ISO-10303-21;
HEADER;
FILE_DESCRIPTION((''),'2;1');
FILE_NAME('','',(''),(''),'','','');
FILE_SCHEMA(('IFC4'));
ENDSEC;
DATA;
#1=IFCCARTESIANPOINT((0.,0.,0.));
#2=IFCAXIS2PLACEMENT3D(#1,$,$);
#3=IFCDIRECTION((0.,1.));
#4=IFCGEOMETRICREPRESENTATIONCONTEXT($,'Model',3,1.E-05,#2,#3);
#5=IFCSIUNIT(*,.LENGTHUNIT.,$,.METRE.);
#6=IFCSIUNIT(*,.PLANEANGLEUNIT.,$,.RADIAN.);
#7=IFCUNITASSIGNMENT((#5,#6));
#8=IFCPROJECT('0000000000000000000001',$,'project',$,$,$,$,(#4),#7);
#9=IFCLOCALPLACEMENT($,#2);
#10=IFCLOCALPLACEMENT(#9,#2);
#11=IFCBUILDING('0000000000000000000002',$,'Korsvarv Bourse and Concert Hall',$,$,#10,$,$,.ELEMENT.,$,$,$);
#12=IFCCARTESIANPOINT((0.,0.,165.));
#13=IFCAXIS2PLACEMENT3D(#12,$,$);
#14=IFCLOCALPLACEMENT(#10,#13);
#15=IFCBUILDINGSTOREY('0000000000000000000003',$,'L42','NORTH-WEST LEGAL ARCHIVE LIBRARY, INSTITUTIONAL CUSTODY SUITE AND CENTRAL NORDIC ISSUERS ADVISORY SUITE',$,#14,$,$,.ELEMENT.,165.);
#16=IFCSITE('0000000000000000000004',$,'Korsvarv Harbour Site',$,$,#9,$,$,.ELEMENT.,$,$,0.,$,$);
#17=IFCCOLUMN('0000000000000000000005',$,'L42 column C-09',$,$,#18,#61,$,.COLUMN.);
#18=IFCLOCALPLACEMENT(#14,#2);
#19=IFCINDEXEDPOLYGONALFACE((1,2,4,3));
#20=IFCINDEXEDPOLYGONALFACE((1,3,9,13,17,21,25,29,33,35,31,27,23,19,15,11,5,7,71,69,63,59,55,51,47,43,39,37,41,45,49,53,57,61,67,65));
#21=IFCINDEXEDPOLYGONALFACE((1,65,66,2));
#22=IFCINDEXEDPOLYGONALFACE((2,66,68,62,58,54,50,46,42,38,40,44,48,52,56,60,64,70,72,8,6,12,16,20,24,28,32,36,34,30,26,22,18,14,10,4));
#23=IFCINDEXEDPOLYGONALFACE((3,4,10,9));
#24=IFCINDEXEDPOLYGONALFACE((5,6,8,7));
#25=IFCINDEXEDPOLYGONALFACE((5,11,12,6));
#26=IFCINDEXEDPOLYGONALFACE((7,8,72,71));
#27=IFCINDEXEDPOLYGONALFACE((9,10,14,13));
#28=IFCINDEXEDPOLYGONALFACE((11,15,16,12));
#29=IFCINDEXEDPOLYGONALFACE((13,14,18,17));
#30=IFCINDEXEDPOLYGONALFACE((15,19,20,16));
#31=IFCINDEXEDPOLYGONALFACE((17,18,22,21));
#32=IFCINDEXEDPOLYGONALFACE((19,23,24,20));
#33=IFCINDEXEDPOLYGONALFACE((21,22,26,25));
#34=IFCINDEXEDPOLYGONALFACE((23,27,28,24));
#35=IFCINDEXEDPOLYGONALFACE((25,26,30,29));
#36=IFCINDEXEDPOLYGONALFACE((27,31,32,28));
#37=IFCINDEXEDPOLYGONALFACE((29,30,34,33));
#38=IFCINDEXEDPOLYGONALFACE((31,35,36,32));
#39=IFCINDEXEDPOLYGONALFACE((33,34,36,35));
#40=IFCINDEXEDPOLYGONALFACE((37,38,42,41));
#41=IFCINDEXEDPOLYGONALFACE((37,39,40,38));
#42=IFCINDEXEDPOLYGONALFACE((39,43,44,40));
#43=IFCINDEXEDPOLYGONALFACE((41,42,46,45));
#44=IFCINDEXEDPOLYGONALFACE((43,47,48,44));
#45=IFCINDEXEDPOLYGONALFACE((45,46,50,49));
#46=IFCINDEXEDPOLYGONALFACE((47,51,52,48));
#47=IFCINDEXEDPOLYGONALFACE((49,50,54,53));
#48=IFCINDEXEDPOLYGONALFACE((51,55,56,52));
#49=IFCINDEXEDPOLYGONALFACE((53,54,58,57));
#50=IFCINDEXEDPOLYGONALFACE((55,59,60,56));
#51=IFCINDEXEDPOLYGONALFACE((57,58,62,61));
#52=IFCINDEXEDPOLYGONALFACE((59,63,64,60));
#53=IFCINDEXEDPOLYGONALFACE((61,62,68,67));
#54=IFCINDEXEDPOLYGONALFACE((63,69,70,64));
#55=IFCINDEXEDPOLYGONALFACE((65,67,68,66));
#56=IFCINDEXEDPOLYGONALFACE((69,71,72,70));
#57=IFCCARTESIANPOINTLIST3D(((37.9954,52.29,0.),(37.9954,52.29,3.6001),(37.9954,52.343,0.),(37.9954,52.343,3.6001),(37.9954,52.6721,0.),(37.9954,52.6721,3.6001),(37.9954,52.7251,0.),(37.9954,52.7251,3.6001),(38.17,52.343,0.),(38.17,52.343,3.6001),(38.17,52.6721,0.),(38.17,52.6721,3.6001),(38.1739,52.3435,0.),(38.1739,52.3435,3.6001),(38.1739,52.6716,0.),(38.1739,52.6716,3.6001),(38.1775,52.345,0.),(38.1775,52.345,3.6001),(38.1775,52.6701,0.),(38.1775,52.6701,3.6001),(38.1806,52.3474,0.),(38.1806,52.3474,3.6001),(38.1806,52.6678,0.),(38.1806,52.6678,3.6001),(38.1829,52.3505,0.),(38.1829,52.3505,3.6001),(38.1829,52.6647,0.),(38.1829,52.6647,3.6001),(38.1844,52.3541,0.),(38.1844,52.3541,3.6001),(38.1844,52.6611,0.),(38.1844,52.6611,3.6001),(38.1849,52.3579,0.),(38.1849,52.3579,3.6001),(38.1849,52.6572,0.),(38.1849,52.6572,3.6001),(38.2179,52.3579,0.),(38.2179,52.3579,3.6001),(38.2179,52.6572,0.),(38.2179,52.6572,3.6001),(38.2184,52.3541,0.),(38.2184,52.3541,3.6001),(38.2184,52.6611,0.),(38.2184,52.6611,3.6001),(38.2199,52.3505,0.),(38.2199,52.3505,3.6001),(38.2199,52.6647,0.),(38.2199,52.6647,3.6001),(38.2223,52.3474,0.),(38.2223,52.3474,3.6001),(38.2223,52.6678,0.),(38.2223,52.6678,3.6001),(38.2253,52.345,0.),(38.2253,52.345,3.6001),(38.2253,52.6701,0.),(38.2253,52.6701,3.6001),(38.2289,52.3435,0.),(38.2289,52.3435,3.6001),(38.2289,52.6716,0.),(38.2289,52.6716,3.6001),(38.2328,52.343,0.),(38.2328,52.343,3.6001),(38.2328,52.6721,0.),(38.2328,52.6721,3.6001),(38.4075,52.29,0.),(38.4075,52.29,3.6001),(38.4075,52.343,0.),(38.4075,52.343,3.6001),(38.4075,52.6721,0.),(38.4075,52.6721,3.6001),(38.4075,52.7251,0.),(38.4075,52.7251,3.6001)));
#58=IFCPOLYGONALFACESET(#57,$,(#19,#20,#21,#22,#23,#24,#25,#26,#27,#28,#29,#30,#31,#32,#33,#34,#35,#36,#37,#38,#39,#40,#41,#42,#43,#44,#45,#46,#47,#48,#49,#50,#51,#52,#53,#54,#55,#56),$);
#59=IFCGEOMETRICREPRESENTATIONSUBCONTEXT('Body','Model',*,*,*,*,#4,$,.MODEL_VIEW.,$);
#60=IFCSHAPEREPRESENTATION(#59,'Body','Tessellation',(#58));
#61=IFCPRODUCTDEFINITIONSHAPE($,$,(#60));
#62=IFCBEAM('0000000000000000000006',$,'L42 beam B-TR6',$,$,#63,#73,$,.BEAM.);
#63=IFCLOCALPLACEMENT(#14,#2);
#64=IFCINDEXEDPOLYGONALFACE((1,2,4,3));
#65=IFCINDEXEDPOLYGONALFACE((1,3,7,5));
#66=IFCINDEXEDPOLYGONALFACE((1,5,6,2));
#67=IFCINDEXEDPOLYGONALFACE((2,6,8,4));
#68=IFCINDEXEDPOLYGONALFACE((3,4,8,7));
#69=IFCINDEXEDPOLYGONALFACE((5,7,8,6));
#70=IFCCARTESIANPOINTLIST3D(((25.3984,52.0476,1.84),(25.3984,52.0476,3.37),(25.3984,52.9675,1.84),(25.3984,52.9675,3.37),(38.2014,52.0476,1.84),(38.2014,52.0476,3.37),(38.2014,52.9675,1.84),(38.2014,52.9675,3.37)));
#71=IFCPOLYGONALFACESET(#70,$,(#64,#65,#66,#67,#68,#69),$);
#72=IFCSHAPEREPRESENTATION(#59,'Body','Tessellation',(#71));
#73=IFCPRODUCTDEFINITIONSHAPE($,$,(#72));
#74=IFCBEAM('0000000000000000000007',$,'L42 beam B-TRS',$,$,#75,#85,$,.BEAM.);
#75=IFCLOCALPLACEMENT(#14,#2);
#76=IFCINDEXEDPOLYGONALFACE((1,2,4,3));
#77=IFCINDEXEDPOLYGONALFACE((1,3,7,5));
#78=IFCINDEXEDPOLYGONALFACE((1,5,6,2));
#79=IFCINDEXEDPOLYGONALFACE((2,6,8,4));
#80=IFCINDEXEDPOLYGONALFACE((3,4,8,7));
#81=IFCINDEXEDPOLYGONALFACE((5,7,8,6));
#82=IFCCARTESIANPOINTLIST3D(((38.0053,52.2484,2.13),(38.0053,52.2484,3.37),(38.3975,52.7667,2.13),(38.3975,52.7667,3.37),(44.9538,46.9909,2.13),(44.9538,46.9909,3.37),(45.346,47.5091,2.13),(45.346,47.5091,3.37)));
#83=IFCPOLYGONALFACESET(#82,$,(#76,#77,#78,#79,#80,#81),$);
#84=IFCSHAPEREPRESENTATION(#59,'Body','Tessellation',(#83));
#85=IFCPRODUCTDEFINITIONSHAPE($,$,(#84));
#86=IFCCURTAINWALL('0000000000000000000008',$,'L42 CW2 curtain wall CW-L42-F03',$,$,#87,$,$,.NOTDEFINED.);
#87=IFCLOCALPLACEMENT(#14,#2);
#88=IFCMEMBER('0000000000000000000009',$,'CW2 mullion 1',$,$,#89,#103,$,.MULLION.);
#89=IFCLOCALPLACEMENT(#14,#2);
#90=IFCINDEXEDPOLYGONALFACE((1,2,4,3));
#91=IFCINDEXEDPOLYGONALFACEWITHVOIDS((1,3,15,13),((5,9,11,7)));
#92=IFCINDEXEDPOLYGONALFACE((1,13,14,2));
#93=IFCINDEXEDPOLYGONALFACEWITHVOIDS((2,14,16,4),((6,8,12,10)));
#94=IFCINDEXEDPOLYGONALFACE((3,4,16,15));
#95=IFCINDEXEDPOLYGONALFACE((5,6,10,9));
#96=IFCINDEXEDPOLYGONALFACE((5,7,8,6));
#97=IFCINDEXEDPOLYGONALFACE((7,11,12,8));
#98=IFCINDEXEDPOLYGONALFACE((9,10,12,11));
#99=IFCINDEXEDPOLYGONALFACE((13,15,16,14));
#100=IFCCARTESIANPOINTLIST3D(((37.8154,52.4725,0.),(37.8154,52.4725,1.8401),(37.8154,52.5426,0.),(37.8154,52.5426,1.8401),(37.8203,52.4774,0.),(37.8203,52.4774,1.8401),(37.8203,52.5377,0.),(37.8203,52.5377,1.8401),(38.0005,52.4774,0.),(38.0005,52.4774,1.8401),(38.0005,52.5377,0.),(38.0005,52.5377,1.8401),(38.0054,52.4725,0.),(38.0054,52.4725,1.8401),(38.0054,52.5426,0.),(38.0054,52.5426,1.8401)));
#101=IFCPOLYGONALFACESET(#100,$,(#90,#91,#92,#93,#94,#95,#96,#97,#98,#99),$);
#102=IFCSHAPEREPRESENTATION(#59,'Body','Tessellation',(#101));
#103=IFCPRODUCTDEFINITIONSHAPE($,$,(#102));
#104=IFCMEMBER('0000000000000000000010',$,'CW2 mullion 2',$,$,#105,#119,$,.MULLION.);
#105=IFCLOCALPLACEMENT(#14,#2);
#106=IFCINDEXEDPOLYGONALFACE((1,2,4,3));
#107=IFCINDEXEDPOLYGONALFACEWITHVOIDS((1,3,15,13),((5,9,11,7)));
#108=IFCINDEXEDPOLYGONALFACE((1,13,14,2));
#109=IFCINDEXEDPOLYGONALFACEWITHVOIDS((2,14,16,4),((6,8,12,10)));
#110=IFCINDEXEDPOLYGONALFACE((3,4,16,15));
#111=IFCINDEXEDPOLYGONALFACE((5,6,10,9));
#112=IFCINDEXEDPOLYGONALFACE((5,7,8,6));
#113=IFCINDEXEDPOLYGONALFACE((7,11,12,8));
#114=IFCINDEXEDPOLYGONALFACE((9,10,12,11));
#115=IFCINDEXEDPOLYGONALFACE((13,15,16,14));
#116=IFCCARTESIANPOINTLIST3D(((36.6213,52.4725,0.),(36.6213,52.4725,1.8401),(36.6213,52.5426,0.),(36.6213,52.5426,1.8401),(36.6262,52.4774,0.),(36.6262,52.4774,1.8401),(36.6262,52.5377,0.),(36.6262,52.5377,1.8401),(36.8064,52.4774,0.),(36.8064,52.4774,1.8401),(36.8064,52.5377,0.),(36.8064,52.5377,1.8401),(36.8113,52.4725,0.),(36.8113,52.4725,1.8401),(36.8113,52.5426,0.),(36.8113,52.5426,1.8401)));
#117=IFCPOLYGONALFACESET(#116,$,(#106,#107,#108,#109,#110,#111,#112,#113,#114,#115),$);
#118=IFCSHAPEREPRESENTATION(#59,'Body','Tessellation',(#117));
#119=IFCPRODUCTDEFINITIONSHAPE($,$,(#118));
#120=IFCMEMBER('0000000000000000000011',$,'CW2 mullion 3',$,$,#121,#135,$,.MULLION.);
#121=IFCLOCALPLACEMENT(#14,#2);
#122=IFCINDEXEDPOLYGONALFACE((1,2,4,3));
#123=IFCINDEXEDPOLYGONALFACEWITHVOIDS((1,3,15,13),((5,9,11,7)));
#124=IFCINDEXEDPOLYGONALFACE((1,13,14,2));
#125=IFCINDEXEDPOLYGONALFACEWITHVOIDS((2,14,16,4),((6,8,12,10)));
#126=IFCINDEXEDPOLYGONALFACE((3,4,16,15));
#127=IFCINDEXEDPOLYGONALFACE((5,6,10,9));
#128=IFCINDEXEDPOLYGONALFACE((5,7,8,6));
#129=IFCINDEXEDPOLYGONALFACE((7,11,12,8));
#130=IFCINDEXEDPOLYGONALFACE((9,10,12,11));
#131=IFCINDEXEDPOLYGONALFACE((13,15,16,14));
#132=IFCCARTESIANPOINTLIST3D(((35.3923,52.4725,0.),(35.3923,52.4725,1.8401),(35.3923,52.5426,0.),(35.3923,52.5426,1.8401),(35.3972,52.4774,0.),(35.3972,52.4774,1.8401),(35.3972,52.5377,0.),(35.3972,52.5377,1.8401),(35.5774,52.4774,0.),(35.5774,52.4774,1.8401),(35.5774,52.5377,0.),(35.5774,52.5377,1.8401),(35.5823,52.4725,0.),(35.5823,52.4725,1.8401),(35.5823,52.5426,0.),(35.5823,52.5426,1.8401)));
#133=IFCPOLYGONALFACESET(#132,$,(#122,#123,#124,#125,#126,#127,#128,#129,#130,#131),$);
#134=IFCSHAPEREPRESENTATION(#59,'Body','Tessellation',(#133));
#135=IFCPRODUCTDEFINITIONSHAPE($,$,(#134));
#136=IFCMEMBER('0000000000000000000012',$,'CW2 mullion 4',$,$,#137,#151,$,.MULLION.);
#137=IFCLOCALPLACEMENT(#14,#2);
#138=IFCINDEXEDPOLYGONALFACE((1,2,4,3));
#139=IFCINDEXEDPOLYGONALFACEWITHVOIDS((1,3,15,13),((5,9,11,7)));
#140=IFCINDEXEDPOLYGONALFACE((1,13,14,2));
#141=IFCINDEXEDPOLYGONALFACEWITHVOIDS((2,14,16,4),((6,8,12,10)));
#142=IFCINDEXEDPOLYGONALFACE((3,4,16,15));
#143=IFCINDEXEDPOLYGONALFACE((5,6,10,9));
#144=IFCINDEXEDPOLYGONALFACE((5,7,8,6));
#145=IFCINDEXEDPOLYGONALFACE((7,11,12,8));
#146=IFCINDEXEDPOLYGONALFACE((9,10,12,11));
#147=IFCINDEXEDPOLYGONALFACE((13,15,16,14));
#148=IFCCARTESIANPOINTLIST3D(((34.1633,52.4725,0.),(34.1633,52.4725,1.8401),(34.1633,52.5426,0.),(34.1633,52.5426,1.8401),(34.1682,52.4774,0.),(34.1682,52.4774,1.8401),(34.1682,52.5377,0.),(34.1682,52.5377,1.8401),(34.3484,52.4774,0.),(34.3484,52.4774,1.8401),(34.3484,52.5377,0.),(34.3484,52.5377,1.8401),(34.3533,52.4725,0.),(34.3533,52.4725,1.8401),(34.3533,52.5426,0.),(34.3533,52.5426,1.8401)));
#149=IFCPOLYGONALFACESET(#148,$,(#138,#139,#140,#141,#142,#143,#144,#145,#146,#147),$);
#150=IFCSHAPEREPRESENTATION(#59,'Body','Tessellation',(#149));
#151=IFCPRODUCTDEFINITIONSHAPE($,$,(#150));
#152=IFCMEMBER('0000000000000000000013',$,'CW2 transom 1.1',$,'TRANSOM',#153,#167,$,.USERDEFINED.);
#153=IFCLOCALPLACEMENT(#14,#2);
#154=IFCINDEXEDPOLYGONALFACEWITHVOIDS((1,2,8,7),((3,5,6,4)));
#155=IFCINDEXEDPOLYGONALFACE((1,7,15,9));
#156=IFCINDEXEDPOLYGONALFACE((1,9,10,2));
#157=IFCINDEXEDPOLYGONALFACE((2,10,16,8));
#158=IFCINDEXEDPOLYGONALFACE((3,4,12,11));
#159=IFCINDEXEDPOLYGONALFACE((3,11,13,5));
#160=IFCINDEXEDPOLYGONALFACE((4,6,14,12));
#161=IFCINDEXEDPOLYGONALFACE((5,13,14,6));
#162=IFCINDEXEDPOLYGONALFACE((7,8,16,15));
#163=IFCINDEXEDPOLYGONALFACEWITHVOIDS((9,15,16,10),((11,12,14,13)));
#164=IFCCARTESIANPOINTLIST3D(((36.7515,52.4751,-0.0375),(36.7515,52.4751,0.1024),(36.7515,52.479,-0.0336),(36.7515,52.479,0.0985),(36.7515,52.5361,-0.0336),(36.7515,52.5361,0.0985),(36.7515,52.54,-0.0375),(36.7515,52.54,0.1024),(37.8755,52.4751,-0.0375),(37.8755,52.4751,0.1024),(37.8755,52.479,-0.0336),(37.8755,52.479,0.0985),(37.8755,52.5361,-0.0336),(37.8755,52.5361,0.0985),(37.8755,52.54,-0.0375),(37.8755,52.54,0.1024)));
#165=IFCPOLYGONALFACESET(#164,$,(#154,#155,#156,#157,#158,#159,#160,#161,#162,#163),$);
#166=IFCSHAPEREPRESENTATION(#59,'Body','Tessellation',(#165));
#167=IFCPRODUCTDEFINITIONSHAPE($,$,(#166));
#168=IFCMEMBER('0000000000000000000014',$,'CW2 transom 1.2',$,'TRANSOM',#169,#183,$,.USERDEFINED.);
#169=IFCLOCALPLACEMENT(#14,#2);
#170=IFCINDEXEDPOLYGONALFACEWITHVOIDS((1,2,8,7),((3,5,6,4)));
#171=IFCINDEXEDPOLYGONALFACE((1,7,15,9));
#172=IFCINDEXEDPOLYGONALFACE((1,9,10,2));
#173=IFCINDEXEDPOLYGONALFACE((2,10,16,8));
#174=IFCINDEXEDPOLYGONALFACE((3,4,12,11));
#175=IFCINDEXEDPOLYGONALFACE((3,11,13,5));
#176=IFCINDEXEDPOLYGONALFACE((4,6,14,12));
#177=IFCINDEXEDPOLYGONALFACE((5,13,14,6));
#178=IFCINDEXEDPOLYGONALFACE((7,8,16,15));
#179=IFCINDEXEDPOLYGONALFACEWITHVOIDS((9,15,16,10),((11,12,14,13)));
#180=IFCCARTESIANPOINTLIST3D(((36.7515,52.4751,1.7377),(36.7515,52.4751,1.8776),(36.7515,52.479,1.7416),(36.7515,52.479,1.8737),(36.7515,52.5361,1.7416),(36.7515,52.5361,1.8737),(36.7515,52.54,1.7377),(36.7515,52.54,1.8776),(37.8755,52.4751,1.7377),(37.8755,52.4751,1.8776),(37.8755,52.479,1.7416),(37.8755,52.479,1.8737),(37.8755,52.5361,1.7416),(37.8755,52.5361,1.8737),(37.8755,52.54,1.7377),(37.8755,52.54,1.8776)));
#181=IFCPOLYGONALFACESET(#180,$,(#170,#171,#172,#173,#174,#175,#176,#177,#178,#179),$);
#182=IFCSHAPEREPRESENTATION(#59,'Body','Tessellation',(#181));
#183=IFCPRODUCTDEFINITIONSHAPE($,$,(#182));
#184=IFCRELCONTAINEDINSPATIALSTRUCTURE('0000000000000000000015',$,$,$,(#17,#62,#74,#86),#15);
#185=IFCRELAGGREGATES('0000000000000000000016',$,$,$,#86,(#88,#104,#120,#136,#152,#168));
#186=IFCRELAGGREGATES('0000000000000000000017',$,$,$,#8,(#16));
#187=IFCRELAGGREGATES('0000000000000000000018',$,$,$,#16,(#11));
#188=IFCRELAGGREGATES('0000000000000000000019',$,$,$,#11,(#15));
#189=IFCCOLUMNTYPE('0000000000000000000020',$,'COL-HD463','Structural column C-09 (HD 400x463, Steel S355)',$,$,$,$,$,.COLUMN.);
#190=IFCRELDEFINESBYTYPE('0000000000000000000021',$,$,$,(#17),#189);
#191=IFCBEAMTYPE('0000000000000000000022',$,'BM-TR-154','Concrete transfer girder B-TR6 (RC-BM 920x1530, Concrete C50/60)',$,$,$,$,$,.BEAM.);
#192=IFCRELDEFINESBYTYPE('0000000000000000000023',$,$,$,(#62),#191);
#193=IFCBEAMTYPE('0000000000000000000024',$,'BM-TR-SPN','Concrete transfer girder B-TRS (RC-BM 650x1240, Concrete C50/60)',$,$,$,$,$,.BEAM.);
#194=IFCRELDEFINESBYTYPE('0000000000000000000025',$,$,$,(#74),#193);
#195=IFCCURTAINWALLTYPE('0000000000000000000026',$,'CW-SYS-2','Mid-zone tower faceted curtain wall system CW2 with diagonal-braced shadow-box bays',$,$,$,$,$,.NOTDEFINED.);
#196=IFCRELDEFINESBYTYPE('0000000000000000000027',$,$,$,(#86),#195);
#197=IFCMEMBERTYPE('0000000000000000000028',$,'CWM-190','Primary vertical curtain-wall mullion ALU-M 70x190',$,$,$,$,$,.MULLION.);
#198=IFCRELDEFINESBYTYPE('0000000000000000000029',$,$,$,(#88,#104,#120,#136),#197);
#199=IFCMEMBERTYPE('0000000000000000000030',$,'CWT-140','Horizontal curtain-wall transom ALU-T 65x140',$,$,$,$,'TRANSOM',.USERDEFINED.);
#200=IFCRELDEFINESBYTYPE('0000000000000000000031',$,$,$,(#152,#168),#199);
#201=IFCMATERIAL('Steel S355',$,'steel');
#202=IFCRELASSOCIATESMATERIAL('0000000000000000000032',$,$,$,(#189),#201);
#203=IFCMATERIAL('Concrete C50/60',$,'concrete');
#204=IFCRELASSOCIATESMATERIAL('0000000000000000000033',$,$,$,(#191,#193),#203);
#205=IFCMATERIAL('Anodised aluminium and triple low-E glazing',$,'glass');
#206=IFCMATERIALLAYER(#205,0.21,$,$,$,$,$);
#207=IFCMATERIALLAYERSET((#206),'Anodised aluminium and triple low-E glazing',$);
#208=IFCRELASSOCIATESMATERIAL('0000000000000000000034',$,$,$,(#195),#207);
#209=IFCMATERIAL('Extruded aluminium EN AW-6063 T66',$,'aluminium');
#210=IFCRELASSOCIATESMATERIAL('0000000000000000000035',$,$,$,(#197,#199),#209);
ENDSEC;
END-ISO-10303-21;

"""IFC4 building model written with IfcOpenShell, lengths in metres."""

from ifc_helpers import new_model, si_unit, direction, frame, origin, origin_2d, place, context, subcontext, project, spatial, rectangle, hollow_rectangle, i_section, extrude, source, transform, mapped, material, layer, layer_set, material_profile, profile_set, type_object, element, aggregate, save


model = new_model("IFC4")

# Units and contexts
model_context = context("Model", 3, precision=1e-05, world=origin(), true_north=direction((0.0, 1.0)))
body_context = subcontext(model_context, "Body", "Model", "MODEL_VIEW")
ifc_project = project(units=[si_unit("LENGTHUNIT", "METRE"), si_unit("PLANEANGLEUNIT", "RADIAN")], contexts=[model_context])

# Site, building, storey
site_placement = place(None, origin())
site = spatial("IfcSite", under=ifc_project, at=site_placement, Name="Korsvarv Harbour Site", CompositionType="ELEMENT", RefElevation=0.0)
building_placement = place(site_placement, origin())
building = spatial("IfcBuilding", under=site, at=building_placement, Name="Korsvarv Bourse and Concert Hall", CompositionType="ELEMENT")
storey_placement = place(building_placement, frame((0.0, 0.0, 165.0)))
storey = spatial("IfcBuildingStorey", under=building, at=storey_placement, Name="L42", Description="NORTH-WEST LEGAL ARCHIVE LIBRARY, INSTITUTIONAL CUSTODY SUITE AND CENTRAL NORDIC ISSUERS ADVISORY SUITE", CompositionType="ELEMENT", Elevation=165.0)

# Column
ifc_material_1 = material(Name="Steel S355", Category="steel")
ifc_material_profile_1 = material_profile(ifc_material_1, i_section(OverallWidth=0.4121, OverallDepth=0.4351, WebThickness=0.033, FlangeThickness=0.053, FilletRadius=0.0149, at=origin_2d()), Name="HD 400x463")
ifc_profile_set_1 = profile_set([ifc_material_profile_1], Name="Steel S355")
column_type = type_object("IfcColumnType", Name="COL-HD463", Description="Structural column C-09 (HD 400x463, Steel S355)", PredefinedType="COLUMN", material=ifc_profile_set_1)
shared_shape_1 = source(origin(), body_context, "Body", "SweptSolid", [
    extrude(i_section(OverallWidth=0.4121, OverallDepth=0.4351, WebThickness=0.033, FlangeThickness=0.053, FilletRadius=0.0149, at=origin_2d()), origin(), (0.0, 0.0, 1.0), 3.6001),
])
column_placement = place(storey_placement, frame((38.2014, 52.5076, 0.0), z_axis=(0.0, 0.0, 1.0), x_axis=(1.0, 0.0, 0.0)))
element("IfcColumn", 1, at=column_placement, inside=storey, type_object=column_type, Name="L42 column C-09", PredefinedType="COLUMN", context=body_context, shape_type="MappedRepresentation", body=[
    mapped(shared_shape_1, transform((0.0, 0.0, 0.0), scale=1.0)),
])

# Beams
ifc_material_2 = material(Name="Concrete C50/60", Category="concrete")
ifc_material_profile_2 = material_profile(ifc_material_2, rectangle(XDim=0.9199, YDim=1.53, at=origin_2d()), Name="RC-BM 920x1530")
ifc_profile_set_2 = profile_set([ifc_material_profile_2], Name="Concrete C50/60")
beam_type_1 = type_object("IfcBeamType", Name="BM-TR-154", Description="Concrete transfer girder B-TR6 (RC-BM 920x1530, Concrete C50/60)", PredefinedType="BEAM", material=ifc_profile_set_2)
shared_shape_2 = source(origin(), body_context, "Body", "SweptSolid", [
    extrude(rectangle(XDim=0.9199, YDim=1.53, at=origin_2d()), origin(), (0.0, 0.0, 1.0), 12.803),
])
beam_1_placement = place(storey_placement, frame((38.2014, 52.5076, 2.605), z_axis=(-1.0, 0.0, 0.0), x_axis=(0.0, -1.0, 0.0)))
element("IfcBeam", 2, at=beam_1_placement, inside=storey, type_object=beam_type_1, Name="L42 beam B-TR6", PredefinedType="BEAM", context=body_context, shape_type="MappedRepresentation", body=[
    mapped(shared_shape_2, transform((0.0, 0.0, 0.0), scale=1.0)),
])
ifc_material_profile_3 = material_profile(ifc_material_2, rectangle(XDim=0.6499, YDim=1.24, at=origin_2d()), Name="RC-BM 650x1240")
ifc_profile_set_3 = profile_set([ifc_material_profile_3], Name="Concrete C50/60")
beam_type_2 = type_object("IfcBeamType", Name="BM-TR-SPN", Description="Concrete transfer girder B-TRS (RC-BM 650x1240, Concrete C50/60)", PredefinedType="BEAM", material=ifc_profile_set_3)
shared_shape_3 = source(origin(), body_context, "Body", "SweptSolid", [
    extrude(rectangle(XDim=0.6499, YDim=1.24, at=origin_2d()), origin(), (0.0, 0.0, 1.0), 8.7134),
])
beam_2_placement = place(storey_placement, frame((38.2014, 52.5076, 2.75), z_axis=(0.797448, -0.603388, 0.0), x_axis=(0.603388, 0.797448, 0.0)))
element("IfcBeam", 3, at=beam_2_placement, inside=storey, type_object=beam_type_2, Name="L42 beam B-TRS", PredefinedType="BEAM", context=body_context, shape_type="MappedRepresentation", body=[
    mapped(shared_shape_3, transform((0.0, 0.0, 0.0), scale=1.0)),
])

# Curtain wall, members
ifc_material_3 = material(Name="Anodised aluminium and triple low-E glazing", Category="glass")
ifc_layer_1 = layer(ifc_material_3, 0.21)
ifc_layer_set_1 = layer_set([ifc_layer_1], Name="Anodised aluminium and triple low-E glazing")
curtain_wall_type = type_object("IfcCurtainWallType", Name="CW-SYS-2", Description="Mid-zone tower faceted curtain wall system CW2 with diagonal-braced shadow-box bays", PredefinedType="NOTDEFINED", material=ifc_layer_set_1)
curtain_wall_placement = place(storey_placement, origin())
curtain_wall = element("IfcCurtainWall", 4, at=curtain_wall_placement, inside=storey, type_object=curtain_wall_type, Name="L42 CW2 curtain wall CW-L42-F03", PredefinedType="NOTDEFINED")
ifc_material_4 = material(Name="Extruded aluminium EN AW-6063 T66", Category="aluminium")
ifc_material_profile_4 = material_profile(ifc_material_4, hollow_rectangle(XDim=0.0701, YDim=0.1899, WallThickness=0.0049, at=origin_2d()), Name="ALU-M 70x190")
ifc_profile_set_4 = profile_set([ifc_material_profile_4], Name="Extruded aluminium EN AW-6063 T66")
member_type_1 = type_object("IfcMemberType", Name="CWM-190", Description="Primary vertical curtain-wall mullion ALU-M 70x190", PredefinedType="MULLION", material=ifc_profile_set_4)
shared_shape_4 = source(origin(), body_context, "Body", "SweptSolid", [
    extrude(hollow_rectangle(XDim=0.0701, YDim=0.1899, WallThickness=0.0049, at=origin_2d()), origin(), (0.0, 0.0, 1.0), 1.8401),
])
member_1_placement = place(storey_placement, frame((37.9104, 52.5076, 0.0), z_axis=(0.0, 0.0, 1.0), x_axis=(0.0, -1.0, 0.0)))
member_1 = element("IfcMember", 5, at=member_1_placement, type_object=member_type_1, Name="CW2 mullion 1", PredefinedType="MULLION", context=body_context, shape_type="MappedRepresentation", body=[
    mapped(shared_shape_4, transform((0.0, 0.0, 0.0), scale=1.0)),
])
member_2_placement = place(storey_placement, frame((36.7163, 52.5076, 0.0), z_axis=(0.0, 0.0, 1.0), x_axis=(0.0, -1.0, 0.0)))
member_2 = element("IfcMember", 6, at=member_2_placement, type_object=member_type_1, Name="CW2 mullion 2", PredefinedType="MULLION", context=body_context, shape_type="MappedRepresentation", body=[
    mapped(shared_shape_4, transform((0.0, 0.0, 0.0), scale=1.0)),
])
member_3_placement = place(storey_placement, frame((35.4873, 52.5076, 0.0), z_axis=(0.0, 0.0, 1.0), x_axis=(0.0, -1.0, 0.0)))
member_3 = element("IfcMember", 7, at=member_3_placement, type_object=member_type_1, Name="CW2 mullion 3", PredefinedType="MULLION", context=body_context, shape_type="MappedRepresentation", body=[
    mapped(shared_shape_4, transform((0.0, 0.0, 0.0), scale=1.0)),
])
member_4_placement = place(storey_placement, frame((34.2583, 52.5076, 0.0), z_axis=(0.0, 0.0, 1.0), x_axis=(0.0, -1.0, 0.0)))
member_4 = element("IfcMember", 8, at=member_4_placement, type_object=member_type_1, Name="CW2 mullion 4", PredefinedType="MULLION", context=body_context, shape_type="MappedRepresentation", body=[
    mapped(shared_shape_4, transform((0.0, 0.0, 0.0), scale=1.0)),
])
ifc_material_profile_5 = material_profile(ifc_material_4, hollow_rectangle(XDim=0.0649, YDim=0.1399, WallThickness=0.0039, at=origin_2d()), Name="ALU-T 65x140")
ifc_profile_set_5 = profile_set([ifc_material_profile_5], Name="Extruded aluminium EN AW-6063 T66")
member_type_2 = type_object("IfcMemberType", Name="CWT-140", Description="Horizontal curtain-wall transom ALU-T 65x140", ElementType="TRANSOM", PredefinedType="USERDEFINED", material=ifc_profile_set_5)
shared_shape_5 = source(origin(), body_context, "Body", "SweptSolid", [
    extrude(hollow_rectangle(XDim=0.0649, YDim=0.1399, WallThickness=0.0039, at=origin_2d()), origin(), (0.0, 0.0, 1.0), 1.124),
])
member_5_placement = place(storey_placement, frame((37.8755, 52.5076, 0.0325), z_axis=(-1.0, 0.0, 0.0), x_axis=(0.0, -1.0, 0.0)))
member_5 = element("IfcMember", 9, at=member_5_placement, type_object=member_type_2, Name="CW2 transom 1.1", ObjectType="TRANSOM", PredefinedType="USERDEFINED", context=body_context, shape_type="MappedRepresentation", body=[
    mapped(shared_shape_5, transform((0.0, 0.0, 0.0), scale=1.0)),
])
member_6_placement = place(storey_placement, frame((37.8755, 52.5076, 1.8076), z_axis=(-1.0, 0.0, 0.0), x_axis=(0.0, -1.0, 0.0)))
member_6 = element("IfcMember", 10, at=member_6_placement, type_object=member_type_2, Name="CW2 transom 1.2", ObjectType="TRANSOM", PredefinedType="USERDEFINED", context=body_context, shape_type="MappedRepresentation", body=[
    mapped(shared_shape_5, transform((0.0, 0.0, 0.0), scale=1.0)),
])

aggregate(curtain_wall, [member_1, member_2, member_3, member_4, member_5, member_6])

save(model, "model.ifc")
